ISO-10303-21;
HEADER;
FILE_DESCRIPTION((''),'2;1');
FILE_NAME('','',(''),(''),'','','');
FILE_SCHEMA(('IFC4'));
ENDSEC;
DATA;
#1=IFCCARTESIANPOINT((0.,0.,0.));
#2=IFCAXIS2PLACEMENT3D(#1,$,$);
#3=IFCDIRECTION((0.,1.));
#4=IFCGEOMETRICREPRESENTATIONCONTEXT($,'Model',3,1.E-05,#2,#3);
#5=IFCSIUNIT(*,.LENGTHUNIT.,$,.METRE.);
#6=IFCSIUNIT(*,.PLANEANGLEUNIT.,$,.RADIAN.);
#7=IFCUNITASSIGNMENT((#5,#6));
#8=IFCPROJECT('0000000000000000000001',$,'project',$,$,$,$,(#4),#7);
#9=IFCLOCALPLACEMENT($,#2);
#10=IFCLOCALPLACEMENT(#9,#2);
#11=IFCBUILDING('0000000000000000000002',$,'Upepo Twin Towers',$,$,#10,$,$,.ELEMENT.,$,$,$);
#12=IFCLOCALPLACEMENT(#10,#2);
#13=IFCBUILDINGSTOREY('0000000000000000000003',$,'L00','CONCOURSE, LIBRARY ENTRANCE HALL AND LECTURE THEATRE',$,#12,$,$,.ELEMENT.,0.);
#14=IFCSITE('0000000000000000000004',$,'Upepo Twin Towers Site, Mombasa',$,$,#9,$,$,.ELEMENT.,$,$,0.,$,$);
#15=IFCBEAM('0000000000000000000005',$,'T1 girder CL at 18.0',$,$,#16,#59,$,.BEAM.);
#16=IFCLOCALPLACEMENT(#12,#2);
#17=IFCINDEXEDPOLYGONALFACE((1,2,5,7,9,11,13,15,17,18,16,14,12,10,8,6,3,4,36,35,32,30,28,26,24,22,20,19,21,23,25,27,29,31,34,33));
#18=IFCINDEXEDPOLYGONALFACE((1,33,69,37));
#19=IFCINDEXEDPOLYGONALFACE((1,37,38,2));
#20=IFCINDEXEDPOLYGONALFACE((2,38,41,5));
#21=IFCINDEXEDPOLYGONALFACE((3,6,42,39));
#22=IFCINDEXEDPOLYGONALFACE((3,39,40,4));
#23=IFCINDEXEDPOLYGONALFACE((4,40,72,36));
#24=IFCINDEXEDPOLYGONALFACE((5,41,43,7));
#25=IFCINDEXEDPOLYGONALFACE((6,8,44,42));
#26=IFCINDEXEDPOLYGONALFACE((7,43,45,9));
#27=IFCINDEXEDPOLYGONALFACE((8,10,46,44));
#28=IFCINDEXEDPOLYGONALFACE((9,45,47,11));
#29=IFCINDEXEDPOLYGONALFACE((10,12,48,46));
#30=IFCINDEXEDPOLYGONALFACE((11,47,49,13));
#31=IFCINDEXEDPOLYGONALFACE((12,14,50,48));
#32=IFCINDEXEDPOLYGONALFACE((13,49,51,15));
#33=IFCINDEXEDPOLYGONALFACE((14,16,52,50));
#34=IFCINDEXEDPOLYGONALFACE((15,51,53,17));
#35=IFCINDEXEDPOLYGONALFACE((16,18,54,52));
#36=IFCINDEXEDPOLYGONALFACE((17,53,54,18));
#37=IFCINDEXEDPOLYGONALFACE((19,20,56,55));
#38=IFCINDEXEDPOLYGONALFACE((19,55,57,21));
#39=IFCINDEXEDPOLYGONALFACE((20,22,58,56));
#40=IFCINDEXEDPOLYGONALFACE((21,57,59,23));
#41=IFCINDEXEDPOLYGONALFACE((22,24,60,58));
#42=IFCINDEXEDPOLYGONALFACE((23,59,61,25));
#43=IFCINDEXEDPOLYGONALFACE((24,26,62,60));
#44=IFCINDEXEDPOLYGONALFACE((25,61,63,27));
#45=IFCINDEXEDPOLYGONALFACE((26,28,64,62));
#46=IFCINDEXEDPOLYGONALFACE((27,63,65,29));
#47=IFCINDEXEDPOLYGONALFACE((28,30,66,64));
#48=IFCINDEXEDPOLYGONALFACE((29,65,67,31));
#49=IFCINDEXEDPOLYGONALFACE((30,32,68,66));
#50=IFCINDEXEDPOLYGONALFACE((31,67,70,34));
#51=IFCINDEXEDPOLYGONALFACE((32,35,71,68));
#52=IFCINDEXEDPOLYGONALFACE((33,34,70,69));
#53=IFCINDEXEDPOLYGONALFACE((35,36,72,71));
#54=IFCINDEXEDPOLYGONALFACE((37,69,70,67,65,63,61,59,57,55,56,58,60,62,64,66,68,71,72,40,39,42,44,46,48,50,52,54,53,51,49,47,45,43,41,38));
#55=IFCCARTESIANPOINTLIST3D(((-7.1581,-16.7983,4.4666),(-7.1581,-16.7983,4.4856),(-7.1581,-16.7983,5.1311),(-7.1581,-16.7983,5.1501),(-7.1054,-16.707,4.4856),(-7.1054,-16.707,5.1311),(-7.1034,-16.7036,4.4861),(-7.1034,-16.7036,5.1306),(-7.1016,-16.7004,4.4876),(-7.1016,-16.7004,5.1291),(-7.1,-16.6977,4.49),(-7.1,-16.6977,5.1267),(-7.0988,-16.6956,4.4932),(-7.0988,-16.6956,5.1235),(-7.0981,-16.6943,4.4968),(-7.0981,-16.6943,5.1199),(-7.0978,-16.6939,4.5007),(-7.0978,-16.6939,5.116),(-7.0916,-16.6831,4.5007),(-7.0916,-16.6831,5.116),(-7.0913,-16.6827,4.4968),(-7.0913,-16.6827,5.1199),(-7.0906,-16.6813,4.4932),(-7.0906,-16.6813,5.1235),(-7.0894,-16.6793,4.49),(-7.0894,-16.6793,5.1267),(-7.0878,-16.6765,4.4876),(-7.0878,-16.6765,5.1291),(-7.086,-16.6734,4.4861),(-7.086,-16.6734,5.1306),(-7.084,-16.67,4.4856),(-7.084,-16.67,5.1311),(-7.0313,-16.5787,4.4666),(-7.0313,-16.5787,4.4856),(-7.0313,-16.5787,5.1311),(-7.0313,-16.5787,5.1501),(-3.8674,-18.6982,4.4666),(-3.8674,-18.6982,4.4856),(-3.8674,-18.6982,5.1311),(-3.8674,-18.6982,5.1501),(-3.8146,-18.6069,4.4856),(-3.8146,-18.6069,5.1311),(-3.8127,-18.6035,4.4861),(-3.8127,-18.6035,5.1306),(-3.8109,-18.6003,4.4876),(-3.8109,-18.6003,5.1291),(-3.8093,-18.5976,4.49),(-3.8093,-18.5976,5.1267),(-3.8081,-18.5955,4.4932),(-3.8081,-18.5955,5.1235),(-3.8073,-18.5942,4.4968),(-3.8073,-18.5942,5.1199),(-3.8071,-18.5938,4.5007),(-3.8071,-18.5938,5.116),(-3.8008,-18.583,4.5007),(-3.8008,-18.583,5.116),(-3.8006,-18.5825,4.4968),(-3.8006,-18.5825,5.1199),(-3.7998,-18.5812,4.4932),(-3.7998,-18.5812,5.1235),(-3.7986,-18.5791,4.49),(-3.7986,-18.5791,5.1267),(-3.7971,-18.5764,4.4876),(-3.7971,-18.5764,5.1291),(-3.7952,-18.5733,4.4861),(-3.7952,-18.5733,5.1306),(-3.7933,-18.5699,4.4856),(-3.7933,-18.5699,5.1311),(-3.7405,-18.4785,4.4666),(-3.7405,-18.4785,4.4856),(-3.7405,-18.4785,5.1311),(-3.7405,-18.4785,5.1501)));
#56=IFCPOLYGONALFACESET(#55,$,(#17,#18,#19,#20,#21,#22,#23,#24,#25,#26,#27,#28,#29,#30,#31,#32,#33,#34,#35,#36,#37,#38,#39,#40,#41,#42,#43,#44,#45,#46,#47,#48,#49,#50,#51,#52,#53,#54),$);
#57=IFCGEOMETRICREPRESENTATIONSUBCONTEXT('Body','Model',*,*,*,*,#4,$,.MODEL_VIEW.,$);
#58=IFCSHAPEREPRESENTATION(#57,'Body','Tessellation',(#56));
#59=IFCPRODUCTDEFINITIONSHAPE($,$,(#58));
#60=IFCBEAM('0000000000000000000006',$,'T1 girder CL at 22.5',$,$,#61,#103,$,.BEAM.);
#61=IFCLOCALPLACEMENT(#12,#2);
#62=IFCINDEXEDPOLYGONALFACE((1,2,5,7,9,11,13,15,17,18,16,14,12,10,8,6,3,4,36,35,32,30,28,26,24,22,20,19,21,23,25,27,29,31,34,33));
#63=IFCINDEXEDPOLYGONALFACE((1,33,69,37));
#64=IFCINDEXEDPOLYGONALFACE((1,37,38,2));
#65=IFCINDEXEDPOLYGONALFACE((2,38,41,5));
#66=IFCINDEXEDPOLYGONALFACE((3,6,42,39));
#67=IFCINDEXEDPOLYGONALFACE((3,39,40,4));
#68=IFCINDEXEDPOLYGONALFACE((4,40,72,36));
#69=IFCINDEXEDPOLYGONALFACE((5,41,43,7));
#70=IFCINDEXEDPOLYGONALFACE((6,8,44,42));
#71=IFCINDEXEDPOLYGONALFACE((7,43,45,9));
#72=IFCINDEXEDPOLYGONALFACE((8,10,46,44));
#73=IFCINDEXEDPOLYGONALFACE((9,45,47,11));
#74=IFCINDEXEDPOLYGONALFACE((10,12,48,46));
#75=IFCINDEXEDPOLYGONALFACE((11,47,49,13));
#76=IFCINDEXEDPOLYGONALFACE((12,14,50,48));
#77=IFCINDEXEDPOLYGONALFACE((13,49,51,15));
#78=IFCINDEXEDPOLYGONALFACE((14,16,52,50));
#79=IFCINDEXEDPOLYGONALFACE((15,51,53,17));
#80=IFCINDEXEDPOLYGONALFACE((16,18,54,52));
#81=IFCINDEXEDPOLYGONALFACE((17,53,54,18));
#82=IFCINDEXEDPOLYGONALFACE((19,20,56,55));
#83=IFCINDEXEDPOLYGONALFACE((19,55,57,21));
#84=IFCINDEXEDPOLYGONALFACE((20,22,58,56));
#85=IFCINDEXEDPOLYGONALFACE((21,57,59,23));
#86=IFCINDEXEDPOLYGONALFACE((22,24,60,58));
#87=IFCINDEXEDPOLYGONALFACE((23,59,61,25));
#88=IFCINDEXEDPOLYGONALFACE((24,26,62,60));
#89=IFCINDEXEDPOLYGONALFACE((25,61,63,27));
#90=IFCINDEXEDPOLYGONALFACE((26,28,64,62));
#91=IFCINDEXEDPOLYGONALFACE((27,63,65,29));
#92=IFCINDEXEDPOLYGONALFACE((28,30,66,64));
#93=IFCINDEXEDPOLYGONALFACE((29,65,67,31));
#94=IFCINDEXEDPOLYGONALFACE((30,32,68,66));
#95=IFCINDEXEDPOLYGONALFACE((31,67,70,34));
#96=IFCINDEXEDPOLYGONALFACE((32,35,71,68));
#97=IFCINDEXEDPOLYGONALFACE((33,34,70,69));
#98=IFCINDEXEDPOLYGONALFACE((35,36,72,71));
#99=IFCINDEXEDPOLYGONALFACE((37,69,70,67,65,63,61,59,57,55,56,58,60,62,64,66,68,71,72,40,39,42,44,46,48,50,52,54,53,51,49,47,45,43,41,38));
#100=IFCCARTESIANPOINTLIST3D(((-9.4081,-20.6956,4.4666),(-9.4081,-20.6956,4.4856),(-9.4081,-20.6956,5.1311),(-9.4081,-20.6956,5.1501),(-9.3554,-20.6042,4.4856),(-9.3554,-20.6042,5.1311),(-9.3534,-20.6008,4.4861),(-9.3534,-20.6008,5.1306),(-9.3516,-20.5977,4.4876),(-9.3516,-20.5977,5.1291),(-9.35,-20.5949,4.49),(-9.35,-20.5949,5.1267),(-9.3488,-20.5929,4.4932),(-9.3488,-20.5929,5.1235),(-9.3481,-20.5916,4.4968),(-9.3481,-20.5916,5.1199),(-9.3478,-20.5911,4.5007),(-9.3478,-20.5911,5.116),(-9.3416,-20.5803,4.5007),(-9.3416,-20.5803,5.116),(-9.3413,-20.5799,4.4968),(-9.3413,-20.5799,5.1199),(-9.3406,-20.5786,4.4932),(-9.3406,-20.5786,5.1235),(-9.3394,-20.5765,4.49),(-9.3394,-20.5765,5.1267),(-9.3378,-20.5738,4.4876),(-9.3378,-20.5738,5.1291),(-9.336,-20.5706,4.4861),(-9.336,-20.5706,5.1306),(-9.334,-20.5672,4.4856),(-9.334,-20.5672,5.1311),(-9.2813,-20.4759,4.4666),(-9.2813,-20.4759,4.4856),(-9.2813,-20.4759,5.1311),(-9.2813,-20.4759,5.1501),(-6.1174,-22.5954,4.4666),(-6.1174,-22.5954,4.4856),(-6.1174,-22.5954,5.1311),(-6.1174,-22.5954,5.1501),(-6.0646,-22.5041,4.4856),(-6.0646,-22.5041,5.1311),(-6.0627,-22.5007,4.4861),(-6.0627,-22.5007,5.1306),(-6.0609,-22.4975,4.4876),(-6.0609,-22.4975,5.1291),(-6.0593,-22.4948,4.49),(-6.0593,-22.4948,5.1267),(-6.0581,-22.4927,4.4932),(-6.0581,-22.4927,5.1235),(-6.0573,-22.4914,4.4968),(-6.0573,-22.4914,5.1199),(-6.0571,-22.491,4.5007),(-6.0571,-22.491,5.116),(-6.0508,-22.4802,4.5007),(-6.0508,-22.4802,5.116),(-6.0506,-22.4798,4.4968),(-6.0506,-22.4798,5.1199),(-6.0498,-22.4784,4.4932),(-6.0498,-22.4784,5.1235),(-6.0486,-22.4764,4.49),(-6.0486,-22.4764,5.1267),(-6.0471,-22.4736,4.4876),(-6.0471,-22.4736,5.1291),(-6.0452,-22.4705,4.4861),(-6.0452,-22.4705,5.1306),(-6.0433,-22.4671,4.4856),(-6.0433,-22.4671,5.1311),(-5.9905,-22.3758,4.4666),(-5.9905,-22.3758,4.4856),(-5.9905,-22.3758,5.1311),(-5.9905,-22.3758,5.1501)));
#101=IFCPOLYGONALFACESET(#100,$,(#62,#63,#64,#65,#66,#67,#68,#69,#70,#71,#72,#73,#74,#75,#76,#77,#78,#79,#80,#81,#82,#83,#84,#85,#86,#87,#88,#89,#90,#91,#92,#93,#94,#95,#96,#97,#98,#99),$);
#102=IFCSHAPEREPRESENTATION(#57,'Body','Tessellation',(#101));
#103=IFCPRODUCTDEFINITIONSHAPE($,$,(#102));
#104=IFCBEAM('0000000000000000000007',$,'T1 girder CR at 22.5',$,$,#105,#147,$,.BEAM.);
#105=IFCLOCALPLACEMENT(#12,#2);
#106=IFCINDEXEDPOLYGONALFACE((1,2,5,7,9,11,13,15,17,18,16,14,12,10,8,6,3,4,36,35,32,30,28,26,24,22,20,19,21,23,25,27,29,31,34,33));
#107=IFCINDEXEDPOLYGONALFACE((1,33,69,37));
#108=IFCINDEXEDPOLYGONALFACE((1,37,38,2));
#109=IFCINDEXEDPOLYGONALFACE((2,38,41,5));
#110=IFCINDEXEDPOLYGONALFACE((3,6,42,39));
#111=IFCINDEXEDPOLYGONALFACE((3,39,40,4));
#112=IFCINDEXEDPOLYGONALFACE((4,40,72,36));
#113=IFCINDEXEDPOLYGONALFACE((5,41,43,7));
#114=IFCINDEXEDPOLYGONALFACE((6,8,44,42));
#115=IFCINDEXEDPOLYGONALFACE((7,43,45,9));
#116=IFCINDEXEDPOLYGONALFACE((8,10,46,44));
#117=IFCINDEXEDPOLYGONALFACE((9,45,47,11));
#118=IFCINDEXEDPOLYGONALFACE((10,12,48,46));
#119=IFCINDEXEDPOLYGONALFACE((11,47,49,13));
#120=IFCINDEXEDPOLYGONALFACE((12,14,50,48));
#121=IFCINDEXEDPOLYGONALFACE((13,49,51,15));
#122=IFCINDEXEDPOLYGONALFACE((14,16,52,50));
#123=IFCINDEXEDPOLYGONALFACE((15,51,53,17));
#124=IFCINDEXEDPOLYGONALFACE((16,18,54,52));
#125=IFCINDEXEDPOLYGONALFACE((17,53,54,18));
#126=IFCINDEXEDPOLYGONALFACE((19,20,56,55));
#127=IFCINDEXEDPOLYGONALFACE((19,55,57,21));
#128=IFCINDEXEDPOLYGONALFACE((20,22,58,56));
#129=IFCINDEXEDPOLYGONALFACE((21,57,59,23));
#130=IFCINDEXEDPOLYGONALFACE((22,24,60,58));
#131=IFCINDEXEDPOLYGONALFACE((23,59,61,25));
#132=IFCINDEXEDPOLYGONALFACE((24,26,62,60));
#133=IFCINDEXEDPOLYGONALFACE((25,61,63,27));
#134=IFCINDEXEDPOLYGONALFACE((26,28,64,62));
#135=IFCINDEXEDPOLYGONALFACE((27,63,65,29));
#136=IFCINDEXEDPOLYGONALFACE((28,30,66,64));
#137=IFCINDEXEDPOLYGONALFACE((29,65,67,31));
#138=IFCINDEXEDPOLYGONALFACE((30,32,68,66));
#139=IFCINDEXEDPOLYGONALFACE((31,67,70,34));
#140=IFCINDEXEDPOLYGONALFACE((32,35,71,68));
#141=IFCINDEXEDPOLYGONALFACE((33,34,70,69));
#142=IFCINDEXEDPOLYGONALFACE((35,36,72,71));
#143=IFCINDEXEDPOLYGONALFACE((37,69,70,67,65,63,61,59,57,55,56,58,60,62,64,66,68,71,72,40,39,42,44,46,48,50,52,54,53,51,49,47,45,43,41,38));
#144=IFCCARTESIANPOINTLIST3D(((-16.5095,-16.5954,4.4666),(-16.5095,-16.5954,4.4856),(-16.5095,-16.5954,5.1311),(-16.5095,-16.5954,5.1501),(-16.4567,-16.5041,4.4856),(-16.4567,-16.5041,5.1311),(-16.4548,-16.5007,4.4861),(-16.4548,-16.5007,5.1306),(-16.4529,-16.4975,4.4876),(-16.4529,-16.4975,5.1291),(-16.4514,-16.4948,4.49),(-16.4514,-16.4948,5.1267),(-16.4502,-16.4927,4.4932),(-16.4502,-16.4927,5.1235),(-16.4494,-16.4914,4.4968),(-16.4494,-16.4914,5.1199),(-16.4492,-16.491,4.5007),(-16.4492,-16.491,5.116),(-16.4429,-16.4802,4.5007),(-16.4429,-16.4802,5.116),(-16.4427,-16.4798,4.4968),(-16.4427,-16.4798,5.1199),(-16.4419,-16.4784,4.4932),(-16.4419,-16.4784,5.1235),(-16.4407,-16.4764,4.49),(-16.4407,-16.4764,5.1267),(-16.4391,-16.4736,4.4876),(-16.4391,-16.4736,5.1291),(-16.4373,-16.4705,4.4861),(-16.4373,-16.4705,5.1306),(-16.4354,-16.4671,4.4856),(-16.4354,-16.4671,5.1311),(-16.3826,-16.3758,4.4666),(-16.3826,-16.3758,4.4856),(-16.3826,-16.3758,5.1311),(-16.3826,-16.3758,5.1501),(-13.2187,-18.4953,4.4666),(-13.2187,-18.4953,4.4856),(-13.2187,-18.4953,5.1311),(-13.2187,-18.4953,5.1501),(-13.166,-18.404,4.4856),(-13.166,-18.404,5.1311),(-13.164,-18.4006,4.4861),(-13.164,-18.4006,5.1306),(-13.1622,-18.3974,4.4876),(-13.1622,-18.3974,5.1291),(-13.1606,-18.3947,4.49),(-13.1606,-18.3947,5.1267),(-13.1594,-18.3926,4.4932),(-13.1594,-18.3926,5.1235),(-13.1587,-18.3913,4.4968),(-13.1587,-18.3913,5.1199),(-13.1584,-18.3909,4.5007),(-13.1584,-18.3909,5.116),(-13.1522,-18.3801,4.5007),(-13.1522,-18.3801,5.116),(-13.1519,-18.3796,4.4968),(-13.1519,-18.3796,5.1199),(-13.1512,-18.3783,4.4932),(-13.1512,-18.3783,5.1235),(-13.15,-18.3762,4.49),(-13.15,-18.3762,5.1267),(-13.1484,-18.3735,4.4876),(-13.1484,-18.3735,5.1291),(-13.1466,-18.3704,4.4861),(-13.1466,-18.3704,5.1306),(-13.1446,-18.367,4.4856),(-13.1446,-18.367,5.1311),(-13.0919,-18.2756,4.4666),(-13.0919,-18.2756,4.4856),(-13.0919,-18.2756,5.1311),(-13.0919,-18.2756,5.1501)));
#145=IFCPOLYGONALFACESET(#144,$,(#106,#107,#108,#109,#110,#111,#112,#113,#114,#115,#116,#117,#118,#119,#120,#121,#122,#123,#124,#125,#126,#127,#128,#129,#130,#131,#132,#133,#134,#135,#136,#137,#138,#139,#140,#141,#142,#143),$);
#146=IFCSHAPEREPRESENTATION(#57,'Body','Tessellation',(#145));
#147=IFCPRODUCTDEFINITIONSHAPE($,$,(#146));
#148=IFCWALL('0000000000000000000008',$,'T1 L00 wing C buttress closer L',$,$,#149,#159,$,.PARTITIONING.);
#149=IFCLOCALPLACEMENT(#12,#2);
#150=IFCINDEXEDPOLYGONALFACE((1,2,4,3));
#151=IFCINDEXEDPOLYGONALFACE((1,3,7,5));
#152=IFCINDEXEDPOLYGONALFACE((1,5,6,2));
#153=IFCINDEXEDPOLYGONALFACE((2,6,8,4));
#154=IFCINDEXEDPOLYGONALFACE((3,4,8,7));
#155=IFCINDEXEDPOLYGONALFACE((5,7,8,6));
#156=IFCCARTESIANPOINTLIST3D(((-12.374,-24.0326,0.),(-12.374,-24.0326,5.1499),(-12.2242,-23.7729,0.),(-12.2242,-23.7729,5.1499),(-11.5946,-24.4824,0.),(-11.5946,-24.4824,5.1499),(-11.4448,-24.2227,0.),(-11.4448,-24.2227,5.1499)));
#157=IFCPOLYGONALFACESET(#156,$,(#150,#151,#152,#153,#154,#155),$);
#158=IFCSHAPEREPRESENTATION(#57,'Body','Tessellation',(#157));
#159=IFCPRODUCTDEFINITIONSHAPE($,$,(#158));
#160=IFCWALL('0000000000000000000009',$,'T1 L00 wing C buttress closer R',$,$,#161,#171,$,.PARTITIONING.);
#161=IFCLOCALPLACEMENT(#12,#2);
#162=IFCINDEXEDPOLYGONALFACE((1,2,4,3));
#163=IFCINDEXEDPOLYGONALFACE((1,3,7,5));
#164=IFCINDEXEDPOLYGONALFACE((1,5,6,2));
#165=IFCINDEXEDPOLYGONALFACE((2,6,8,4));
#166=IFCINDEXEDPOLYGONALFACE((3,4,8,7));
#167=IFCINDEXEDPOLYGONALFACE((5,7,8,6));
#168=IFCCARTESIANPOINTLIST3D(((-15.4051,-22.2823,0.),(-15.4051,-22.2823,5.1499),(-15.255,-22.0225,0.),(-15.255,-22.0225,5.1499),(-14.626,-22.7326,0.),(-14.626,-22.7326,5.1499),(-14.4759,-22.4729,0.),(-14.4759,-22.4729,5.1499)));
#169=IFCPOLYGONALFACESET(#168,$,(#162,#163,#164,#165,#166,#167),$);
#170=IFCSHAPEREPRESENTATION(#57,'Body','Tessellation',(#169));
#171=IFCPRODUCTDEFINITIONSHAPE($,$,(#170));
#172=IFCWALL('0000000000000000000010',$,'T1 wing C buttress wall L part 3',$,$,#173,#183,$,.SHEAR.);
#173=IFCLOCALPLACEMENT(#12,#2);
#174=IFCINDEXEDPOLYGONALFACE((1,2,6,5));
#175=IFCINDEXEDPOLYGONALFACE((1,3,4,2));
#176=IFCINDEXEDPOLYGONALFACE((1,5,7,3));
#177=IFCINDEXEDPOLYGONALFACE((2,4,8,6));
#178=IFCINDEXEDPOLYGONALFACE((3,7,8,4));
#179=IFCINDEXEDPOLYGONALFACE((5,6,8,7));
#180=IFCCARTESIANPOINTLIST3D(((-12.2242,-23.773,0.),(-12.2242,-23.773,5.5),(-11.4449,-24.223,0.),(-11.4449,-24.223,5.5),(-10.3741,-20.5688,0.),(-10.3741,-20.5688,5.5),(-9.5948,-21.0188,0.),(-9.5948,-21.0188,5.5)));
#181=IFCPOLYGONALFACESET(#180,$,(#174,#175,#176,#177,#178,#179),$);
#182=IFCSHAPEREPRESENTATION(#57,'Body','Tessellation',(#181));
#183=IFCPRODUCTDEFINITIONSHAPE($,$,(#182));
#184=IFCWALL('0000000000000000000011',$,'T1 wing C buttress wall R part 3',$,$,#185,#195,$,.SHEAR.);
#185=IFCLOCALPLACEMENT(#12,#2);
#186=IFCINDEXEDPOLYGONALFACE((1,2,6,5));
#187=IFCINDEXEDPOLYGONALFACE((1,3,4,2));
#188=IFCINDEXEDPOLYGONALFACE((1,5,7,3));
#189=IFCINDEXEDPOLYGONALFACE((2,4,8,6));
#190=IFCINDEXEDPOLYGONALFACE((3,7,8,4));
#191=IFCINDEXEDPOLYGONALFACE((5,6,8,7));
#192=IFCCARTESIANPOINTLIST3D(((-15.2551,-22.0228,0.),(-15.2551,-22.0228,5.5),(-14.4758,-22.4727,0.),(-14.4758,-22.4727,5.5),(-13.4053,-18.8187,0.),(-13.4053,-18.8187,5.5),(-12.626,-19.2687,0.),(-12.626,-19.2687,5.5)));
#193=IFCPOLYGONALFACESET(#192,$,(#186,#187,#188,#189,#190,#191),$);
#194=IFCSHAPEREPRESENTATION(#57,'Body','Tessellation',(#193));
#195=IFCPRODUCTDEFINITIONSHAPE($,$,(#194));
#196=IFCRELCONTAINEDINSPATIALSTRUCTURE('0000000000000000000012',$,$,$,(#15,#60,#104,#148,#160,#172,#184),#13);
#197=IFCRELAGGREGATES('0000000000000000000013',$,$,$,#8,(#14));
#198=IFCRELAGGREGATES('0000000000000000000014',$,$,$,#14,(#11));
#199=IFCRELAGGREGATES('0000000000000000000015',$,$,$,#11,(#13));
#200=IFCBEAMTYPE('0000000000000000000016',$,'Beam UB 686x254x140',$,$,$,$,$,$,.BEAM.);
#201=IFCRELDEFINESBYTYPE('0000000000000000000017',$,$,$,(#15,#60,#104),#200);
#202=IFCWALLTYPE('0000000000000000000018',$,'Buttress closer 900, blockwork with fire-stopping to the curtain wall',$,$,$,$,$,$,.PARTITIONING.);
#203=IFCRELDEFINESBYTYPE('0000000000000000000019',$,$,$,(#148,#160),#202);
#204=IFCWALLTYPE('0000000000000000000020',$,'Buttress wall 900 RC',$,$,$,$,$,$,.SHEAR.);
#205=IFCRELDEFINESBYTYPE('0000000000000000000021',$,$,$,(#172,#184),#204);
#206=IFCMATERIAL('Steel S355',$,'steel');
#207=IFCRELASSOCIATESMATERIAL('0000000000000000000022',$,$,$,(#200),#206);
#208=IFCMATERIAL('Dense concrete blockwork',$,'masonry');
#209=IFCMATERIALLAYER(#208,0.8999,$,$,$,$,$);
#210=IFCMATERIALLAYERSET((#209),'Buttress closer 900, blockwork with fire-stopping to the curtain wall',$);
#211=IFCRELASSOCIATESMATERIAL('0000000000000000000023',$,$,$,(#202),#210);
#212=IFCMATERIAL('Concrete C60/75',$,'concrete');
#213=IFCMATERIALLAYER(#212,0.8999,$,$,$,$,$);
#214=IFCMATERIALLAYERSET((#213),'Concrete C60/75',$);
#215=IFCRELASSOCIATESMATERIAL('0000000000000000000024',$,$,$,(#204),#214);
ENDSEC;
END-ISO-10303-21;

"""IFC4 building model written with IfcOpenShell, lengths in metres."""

from ifc_helpers import new_model, si_unit, direction, frame, frame_2d, origin, origin_2d, place, context, subcontext, project, spatial, rectangle, i_section, extrude, material, layer, layer_set, material_profile, profile_set, type_object, element, save


model = new_model("IFC4")

# Units and contexts
model_context = context("Model", 3, precision=1e-05, world=origin(), true_north=direction((0.0, 1.0)))
body_context = subcontext(model_context, "Body", "Model", "MODEL_VIEW")
ifc_project = project(units=[si_unit("LENGTHUNIT", "METRE"), si_unit("PLANEANGLEUNIT", "RADIAN")], contexts=[model_context])

# Site, building, storey
site_placement = place(None, origin())
site = spatial("IfcSite", under=ifc_project, at=site_placement, Name="Upepo Twin Towers Site, Mombasa", CompositionType="ELEMENT", RefElevation=0.0)
building_placement = place(site_placement, origin())
building = spatial("IfcBuilding", under=site, at=building_placement, Name="Upepo Twin Towers", CompositionType="ELEMENT")
storey_placement = place(building_placement, origin())
storey = spatial("IfcBuildingStorey", under=building, at=storey_placement, Name="L00", Description="CONCOURSE, LIBRARY ENTRANCE HALL AND LECTURE THEATRE", CompositionType="ELEMENT", Elevation=0.0)

# Beams
ifc_material_1 = material(Name="Steel S355", Category="steel")
ifc_material_profile_1 = material_profile(ifc_material_1, i_section(OverallWidth=0.2537, OverallDepth=0.6836, WebThickness=0.0125, FlangeThickness=0.019, FilletRadius=0.0151, at=origin_2d()), Name="UB 686x254x140")
ifc_profile_set_1 = profile_set([ifc_material_profile_1], Name="Steel S355")
beam_type_1 = type_object("IfcBeamType", Name="Beam UB 686x254x140", PredefinedType="BEAM", material=ifc_profile_set_1)
for number, where, z_axis, x_axis, name in (
    (1, (-3.804, -18.5884, 4.8083), (-0.866028, 0.499995, 0.0), (-0.499995, -0.866028, 0.0), "T1 girder CL at 18.0"),
    (2, (-6.054, -22.4856, 4.8083), (-0.866028, 0.499995, 0.0), (-0.499995, -0.866028, 0.0), "T1 girder CL at 22.5"),
    (3, (-16.446, -16.4856, 4.8083), (0.866028, -0.499995, 0.0), (0.499995, 0.866028, 0.0), "T1 girder CR at 22.5"),
):
    element("IfcBeam", number, at=place(storey_placement, frame(where, z_axis=z_axis, x_axis=x_axis)), inside=storey, type_object=beam_type_1, Name=name, PredefinedType="BEAM", context=body_context, shape_type="SweptSolid", body=[
        extrude(i_section(OverallWidth=0.2537, OverallDepth=0.6836, WebThickness=0.0125, FlangeThickness=0.019, FilletRadius=0.0151, at=origin_2d()), origin(), (0.0, 0.0, 1.0), 3.7998),
    ])

# Walls
ifc_material_2 = material(Name="Dense concrete blockwork", Category="masonry")
ifc_layer_1 = layer(ifc_material_2, 0.8999)
ifc_layer_set_1 = layer_set([ifc_layer_1], Name="Buttress closer 900, blockwork with fire-stopping to the curtain wall")
wall_type_1 = type_object("IfcWallType", Name="Buttress closer 900, blockwork with fire-stopping to the curtain wall", PredefinedType="PARTITIONING", material=ifc_layer_set_1)
wall_1_placement = place(storey_placement, frame((-11.8345, -23.9978, 0.0), z_axis=(0.0, 0.0, 1.0), x_axis=(-0.499816, -0.866131, 0.0)))
element("IfcWall", 4, at=wall_1_placement, inside=storey, type_object=wall_type_1, Name="T1 L00 wing C buttress closer L", PredefinedType="PARTITIONING", context=body_context, shape_type="SweptSolid", body=[
    extrude(rectangle(XDim=0.2998, YDim=0.8999, at=frame_2d((0.1499, 0.0))), origin(), (0.0, 0.0, 1.0), 5.1499),
])
wall_2_placement = place(storey_placement, frame((-14.8655, -22.2478, 0.0), z_axis=(0.0, 0.0, 1.0), x_axis=(-0.500427, -0.865779, 0.0)))
element("IfcWall", 5, at=wall_2_placement, inside=storey, type_object=wall_type_1, Name="T1 L00 wing C buttress closer R", PredefinedType="PARTITIONING", context=body_context, shape_type="SweptSolid", body=[
    extrude(rectangle(XDim=0.3, YDim=0.8999, at=frame_2d((0.1499, 0.0))), origin(), (0.0, 0.0, 1.0), 5.1499),
])
ifc_material_3 = material(Name="Concrete C60/75", Category="concrete")
ifc_layer_2 = layer(ifc_material_3, 0.8999)
ifc_layer_set_2 = layer_set([ifc_layer_2], Name="Concrete C60/75")
wall_type_2 = type_object("IfcWallType", Name="Buttress wall 900 RC", PredefinedType="SHEAR", material=ifc_layer_set_2)
wall_3_placement = place(storey_placement, frame((-9.9844, -20.7937, 0.0), z_axis=(0.0, 0.0, 1.0), x_axis=(-0.500042, -0.866001, 0.0)))
element("IfcWall", 6, at=wall_3_placement, inside=storey, type_object=wall_type_2, Name="T1 wing C buttress wall L part 3", PredefinedType="SHEAR", context=body_context, shape_type="SweptSolid", body=[
    extrude(rectangle(XDim=3.7, YDim=0.8999, at=frame_2d((1.8501, 0.0))), origin(), (0.0, 0.0, 1.0), 5.5),
])
wall_4_placement = place(storey_placement, frame((-13.0156, -19.0437, 0.0), z_axis=(0.0, 0.0, 1.0), x_axis=(-0.499993, -0.86603, 0.0)))
element("IfcWall", 7, at=wall_4_placement, inside=storey, type_object=wall_type_2, Name="T1 wing C buttress wall R part 3", PredefinedType="SHEAR", context=body_context, shape_type="SweptSolid", body=[
    extrude(rectangle(XDim=3.6997, YDim=0.8999, at=frame_2d((1.8499, 0.0))), origin(), (0.0, 0.0, 1.0), 5.5),
])

save(model, "model.ifc")
